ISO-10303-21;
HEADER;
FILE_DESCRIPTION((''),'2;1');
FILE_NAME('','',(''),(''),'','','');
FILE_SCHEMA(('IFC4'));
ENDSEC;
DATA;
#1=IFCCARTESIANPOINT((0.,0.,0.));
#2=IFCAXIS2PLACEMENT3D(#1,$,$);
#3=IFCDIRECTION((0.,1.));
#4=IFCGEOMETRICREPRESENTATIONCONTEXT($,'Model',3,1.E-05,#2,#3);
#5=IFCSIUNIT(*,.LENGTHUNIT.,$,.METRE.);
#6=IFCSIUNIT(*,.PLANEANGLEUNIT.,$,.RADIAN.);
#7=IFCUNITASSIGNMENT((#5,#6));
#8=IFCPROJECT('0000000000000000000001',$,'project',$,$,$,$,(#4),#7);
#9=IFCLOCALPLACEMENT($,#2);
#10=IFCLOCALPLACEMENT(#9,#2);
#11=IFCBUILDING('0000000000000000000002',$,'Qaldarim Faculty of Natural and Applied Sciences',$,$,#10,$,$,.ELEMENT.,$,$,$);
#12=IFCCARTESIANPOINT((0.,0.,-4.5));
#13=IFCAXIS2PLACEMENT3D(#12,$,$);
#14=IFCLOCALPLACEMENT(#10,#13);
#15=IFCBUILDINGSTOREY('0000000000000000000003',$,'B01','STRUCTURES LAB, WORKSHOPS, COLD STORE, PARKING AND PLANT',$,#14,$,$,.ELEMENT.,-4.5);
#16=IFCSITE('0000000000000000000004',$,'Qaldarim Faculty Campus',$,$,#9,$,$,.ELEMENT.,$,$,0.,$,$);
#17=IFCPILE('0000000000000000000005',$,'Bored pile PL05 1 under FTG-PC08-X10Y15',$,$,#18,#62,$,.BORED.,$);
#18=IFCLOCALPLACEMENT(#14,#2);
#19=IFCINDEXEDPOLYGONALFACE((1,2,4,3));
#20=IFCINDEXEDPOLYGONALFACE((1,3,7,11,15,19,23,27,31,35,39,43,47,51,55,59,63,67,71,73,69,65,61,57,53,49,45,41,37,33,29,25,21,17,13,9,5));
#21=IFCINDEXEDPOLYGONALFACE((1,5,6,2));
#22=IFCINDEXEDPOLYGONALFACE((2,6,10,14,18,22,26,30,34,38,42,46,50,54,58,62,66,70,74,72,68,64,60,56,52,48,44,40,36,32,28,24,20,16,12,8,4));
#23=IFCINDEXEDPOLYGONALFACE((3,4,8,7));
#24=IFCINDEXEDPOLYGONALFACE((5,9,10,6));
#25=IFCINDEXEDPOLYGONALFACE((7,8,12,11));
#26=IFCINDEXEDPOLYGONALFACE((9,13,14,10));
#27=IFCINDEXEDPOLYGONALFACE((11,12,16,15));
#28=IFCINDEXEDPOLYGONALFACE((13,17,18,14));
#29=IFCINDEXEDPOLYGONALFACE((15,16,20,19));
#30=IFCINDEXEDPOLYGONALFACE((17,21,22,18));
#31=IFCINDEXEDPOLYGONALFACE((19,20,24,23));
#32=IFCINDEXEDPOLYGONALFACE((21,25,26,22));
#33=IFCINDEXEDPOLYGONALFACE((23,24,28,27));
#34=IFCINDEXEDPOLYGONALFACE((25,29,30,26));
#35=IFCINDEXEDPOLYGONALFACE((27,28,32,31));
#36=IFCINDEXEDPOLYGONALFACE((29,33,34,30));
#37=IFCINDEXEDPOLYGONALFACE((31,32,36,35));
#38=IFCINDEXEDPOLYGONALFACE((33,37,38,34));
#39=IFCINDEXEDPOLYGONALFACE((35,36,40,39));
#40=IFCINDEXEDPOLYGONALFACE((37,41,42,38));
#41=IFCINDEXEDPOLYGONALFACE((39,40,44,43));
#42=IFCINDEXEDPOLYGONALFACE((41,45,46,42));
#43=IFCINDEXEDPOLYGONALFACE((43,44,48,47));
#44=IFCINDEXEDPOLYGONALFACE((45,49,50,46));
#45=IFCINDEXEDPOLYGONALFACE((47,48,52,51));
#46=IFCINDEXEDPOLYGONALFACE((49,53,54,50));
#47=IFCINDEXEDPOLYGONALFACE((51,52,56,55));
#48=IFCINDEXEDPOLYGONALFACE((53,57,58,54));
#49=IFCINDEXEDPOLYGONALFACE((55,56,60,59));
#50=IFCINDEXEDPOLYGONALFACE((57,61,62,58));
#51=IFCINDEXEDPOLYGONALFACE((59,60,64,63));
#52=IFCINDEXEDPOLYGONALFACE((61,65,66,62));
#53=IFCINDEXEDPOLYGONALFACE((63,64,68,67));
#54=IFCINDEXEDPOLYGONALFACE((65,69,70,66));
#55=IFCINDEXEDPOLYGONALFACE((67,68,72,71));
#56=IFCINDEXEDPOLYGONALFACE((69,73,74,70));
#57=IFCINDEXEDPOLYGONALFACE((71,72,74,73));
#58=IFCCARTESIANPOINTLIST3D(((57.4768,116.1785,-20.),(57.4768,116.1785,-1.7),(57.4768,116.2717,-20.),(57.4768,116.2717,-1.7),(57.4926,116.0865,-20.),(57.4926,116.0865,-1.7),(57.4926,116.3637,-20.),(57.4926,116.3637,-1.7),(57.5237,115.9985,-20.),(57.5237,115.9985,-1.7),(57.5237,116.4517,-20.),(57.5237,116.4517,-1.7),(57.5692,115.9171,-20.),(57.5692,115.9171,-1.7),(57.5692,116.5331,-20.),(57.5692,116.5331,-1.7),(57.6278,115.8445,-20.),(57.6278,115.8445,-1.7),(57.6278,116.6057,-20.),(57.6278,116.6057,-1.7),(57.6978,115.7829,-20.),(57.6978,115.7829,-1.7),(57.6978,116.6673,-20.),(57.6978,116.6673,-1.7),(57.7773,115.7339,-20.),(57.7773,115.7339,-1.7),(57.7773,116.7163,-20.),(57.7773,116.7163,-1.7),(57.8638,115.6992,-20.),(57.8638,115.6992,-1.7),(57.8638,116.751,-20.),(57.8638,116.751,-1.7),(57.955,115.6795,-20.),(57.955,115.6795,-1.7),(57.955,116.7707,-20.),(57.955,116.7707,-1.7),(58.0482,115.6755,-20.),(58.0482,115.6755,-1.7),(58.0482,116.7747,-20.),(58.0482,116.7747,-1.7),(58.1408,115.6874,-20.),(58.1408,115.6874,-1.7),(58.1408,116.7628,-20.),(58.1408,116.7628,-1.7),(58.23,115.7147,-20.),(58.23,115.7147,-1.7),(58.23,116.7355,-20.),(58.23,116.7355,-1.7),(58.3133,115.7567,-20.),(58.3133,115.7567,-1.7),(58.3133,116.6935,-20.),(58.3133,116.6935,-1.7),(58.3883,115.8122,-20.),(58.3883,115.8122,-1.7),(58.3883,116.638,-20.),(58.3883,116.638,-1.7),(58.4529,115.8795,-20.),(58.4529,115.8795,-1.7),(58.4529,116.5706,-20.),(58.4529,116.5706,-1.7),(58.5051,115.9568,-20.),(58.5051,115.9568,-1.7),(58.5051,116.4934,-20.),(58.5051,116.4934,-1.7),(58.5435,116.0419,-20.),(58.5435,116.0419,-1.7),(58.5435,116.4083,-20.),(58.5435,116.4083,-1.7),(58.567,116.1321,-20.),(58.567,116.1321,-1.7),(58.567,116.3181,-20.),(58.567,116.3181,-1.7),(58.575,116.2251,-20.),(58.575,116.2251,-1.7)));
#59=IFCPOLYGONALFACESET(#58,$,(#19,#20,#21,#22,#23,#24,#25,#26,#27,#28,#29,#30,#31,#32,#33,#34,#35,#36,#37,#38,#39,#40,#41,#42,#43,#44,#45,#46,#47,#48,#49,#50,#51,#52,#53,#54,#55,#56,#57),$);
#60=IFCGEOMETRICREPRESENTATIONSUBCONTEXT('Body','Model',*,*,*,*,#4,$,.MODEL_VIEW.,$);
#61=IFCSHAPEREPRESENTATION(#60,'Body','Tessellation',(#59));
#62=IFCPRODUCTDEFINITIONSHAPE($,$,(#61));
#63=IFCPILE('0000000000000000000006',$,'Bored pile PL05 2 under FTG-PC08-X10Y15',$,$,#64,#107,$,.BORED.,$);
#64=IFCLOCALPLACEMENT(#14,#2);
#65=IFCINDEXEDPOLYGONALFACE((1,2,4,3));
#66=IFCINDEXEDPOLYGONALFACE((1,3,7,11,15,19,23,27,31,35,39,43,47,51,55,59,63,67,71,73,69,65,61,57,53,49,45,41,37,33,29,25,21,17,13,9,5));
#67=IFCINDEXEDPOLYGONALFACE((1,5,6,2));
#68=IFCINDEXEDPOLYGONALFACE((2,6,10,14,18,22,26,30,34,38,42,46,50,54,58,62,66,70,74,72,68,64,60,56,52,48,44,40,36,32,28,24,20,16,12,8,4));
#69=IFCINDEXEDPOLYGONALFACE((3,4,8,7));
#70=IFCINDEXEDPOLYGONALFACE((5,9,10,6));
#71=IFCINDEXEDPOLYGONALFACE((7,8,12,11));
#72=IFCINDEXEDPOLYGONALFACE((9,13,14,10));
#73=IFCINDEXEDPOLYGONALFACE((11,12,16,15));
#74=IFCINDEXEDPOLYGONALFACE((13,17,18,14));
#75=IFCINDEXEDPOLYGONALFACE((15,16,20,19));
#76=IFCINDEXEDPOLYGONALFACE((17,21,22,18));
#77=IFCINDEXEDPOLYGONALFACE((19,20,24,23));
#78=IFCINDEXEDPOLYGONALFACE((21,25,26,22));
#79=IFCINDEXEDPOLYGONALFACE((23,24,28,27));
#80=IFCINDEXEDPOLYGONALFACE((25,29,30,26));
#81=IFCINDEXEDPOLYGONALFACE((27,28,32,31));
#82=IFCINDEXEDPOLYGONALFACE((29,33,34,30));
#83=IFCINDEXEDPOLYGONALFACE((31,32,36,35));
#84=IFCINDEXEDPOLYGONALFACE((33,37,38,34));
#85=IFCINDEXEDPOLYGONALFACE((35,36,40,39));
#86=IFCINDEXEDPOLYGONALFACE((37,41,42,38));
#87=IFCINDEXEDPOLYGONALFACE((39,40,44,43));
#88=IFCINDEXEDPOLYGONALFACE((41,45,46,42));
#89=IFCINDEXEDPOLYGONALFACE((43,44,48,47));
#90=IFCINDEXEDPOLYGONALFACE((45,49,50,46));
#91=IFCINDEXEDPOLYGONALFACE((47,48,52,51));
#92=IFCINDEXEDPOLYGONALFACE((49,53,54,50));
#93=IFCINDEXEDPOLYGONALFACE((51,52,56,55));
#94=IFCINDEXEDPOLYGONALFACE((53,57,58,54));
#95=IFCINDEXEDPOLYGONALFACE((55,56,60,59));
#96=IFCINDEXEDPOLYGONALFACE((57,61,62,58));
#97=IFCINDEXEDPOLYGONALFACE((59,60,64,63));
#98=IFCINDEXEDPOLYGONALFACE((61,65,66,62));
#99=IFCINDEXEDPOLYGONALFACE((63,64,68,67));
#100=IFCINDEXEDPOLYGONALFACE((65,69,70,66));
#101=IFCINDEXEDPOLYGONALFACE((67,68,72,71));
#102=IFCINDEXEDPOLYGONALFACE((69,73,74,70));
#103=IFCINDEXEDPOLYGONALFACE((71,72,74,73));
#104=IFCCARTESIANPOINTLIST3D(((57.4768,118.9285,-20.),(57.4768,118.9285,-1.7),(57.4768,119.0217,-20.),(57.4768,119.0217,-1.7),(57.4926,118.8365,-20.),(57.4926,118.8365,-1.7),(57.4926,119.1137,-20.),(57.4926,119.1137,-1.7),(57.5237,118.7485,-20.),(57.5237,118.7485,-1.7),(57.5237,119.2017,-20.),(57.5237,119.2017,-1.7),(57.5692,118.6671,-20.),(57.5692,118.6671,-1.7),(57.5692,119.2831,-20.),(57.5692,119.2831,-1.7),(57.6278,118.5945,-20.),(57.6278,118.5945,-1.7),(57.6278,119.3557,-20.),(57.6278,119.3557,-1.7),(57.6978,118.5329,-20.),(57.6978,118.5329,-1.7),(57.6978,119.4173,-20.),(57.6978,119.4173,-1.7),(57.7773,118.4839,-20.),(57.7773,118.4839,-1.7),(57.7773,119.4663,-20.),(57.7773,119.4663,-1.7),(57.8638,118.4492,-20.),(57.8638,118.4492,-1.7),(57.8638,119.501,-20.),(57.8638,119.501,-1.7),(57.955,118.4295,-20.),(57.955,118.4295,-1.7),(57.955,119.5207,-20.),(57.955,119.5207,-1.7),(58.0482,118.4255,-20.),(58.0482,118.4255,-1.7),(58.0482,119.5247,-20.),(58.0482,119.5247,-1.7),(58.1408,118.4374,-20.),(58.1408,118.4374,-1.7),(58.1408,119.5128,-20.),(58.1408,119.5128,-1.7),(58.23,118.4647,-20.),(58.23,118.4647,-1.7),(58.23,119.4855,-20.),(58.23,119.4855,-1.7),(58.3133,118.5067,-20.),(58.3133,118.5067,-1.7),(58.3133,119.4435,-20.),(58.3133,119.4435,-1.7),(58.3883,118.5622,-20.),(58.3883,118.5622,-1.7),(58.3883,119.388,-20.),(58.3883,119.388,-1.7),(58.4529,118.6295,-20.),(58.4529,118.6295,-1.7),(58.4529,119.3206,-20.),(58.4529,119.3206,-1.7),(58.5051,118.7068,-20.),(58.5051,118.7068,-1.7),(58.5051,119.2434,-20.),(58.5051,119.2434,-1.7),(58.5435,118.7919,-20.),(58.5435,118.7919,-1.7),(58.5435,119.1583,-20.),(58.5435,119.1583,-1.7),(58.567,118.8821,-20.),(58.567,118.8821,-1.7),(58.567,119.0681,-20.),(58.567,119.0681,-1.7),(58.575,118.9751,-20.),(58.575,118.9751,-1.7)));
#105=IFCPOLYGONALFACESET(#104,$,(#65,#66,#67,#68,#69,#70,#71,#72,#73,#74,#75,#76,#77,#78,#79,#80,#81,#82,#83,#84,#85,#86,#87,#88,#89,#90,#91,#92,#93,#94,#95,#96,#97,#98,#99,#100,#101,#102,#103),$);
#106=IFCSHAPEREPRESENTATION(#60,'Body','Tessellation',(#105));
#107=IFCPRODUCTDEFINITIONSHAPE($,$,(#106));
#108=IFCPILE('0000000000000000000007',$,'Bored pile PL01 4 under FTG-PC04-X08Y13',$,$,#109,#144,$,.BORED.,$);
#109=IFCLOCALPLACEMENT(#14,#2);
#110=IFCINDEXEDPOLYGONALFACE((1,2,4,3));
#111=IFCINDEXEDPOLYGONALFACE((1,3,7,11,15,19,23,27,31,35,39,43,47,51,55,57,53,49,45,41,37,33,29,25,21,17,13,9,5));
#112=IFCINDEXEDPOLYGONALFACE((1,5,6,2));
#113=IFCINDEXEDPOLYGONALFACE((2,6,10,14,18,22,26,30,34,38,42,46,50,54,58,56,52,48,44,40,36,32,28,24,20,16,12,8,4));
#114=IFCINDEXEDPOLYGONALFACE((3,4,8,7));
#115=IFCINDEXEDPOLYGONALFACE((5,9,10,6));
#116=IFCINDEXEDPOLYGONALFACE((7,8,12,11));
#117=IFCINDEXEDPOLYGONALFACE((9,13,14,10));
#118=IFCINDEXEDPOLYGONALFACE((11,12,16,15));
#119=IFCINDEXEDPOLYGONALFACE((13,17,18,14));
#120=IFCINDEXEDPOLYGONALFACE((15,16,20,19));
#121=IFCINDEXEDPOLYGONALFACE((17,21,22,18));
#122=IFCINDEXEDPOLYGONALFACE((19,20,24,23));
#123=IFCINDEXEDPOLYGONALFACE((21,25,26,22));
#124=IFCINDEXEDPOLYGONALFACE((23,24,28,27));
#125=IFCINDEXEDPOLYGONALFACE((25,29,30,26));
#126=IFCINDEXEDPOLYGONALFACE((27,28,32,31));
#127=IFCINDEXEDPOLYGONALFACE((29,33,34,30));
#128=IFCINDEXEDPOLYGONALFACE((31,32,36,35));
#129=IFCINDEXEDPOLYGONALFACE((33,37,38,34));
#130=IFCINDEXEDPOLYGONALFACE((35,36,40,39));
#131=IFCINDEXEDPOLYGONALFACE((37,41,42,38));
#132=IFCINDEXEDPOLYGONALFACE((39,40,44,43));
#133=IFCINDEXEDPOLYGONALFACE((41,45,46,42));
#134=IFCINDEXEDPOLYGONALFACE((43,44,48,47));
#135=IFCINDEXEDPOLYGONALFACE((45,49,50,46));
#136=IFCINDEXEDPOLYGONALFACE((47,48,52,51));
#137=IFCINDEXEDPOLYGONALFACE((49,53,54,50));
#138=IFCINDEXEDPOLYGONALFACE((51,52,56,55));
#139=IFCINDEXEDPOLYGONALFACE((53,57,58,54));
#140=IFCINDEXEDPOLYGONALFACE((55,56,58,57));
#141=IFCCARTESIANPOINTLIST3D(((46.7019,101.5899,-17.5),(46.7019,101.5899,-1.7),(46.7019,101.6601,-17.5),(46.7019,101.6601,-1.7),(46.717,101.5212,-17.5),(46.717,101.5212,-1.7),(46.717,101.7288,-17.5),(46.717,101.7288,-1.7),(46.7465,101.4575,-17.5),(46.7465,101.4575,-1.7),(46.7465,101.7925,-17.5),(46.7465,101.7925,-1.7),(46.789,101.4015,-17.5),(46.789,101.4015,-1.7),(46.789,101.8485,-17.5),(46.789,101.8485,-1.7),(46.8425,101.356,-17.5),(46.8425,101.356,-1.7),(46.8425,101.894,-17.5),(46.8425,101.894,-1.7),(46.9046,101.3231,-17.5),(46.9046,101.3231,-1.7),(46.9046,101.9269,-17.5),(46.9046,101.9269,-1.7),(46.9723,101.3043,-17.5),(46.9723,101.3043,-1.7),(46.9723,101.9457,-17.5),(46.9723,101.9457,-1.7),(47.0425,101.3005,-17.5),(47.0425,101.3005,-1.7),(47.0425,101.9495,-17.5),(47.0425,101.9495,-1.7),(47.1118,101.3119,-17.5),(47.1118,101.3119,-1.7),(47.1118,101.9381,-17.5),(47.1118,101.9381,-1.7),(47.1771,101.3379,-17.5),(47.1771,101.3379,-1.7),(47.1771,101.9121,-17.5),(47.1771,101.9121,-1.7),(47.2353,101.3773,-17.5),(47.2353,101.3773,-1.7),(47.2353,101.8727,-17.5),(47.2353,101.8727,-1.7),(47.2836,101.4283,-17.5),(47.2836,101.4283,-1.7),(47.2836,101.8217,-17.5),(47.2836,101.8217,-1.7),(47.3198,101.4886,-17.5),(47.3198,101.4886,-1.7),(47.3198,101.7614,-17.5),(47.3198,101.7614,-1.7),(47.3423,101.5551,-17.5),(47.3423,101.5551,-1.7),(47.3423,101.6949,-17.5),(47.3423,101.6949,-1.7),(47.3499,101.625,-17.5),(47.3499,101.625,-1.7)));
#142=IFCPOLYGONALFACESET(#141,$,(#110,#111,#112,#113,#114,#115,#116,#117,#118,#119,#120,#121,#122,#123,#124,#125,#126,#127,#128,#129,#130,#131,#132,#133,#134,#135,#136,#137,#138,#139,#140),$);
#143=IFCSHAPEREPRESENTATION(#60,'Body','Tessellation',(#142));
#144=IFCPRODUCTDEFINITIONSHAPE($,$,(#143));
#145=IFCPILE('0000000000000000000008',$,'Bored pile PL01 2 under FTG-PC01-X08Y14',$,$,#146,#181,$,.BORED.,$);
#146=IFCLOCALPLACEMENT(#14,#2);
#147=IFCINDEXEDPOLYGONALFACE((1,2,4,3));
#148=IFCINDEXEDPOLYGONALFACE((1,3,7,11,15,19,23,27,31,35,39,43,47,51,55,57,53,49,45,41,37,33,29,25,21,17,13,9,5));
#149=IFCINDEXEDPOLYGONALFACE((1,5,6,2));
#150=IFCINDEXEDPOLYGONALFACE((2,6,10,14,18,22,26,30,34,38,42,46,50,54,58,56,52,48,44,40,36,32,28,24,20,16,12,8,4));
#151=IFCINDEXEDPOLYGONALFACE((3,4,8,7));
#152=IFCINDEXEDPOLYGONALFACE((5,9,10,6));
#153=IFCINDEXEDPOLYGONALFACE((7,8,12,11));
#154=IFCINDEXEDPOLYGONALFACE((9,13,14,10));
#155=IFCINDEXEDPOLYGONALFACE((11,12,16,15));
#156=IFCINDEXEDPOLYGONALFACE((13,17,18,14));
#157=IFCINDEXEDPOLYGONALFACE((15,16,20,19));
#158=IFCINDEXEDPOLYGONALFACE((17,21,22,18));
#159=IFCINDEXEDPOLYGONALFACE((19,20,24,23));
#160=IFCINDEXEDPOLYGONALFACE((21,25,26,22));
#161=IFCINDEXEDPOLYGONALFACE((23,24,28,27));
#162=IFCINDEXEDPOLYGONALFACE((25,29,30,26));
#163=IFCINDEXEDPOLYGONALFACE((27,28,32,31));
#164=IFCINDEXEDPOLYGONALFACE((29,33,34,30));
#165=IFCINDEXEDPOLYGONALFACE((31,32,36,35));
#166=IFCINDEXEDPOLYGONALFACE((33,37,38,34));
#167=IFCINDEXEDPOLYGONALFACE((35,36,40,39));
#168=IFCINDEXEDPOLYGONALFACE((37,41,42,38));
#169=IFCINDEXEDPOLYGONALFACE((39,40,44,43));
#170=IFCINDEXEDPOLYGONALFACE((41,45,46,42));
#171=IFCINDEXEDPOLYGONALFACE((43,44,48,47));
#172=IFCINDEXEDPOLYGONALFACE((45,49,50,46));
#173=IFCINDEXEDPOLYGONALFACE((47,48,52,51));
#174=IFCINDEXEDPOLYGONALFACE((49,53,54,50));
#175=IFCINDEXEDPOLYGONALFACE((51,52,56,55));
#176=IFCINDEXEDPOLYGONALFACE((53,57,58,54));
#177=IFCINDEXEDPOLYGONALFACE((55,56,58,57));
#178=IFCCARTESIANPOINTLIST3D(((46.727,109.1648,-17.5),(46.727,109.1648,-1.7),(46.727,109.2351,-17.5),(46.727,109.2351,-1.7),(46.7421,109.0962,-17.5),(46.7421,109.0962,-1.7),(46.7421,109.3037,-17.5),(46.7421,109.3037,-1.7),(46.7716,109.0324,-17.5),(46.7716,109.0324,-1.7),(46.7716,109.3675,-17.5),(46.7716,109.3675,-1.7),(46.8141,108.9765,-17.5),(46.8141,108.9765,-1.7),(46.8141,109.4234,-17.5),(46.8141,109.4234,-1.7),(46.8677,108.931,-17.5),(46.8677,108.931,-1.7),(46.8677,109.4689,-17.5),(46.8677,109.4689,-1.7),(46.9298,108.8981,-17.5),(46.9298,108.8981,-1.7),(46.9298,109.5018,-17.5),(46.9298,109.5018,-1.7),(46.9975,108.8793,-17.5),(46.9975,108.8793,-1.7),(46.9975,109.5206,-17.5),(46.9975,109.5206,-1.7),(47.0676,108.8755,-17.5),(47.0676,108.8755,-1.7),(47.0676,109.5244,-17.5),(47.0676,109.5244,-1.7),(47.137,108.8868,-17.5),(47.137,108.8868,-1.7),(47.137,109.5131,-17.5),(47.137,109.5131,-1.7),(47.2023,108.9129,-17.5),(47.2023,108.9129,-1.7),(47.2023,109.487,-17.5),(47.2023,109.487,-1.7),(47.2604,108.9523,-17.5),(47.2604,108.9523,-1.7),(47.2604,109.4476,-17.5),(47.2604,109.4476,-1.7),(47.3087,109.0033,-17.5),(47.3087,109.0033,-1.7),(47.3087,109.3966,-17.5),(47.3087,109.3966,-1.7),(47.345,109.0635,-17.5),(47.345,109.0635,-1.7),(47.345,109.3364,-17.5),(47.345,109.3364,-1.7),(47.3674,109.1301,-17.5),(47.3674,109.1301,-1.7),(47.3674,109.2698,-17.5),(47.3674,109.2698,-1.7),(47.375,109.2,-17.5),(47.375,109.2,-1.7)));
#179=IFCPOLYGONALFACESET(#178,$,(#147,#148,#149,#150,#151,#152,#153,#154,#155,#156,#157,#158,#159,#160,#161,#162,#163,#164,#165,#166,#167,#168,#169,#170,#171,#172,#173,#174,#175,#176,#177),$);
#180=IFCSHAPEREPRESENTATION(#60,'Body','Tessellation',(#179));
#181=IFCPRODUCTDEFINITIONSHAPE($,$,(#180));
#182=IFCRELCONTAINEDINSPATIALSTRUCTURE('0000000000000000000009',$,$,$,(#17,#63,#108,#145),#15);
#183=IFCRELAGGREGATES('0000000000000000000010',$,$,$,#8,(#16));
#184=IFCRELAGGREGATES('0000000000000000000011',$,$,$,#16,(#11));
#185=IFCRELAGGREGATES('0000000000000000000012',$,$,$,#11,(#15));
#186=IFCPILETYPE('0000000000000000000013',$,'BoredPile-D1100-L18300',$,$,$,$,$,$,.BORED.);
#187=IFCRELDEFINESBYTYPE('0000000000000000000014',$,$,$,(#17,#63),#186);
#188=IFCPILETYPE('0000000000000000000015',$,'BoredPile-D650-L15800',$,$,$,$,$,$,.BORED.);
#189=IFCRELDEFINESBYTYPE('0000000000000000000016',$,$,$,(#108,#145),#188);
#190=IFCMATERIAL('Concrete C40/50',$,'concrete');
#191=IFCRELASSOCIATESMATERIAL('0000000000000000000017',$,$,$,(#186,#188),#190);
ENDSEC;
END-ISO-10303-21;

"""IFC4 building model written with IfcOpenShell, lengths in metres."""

from ifc_helpers import new_model, si_unit, direction, frame, origin, origin_2d, place, context, subcontext, project, spatial, circle, extrude, material, material_profile, profile_set, type_object, element, save


model = new_model("IFC4")

# Units and contexts
model_context = context("Model", 3, precision=1e-05, world=origin(), true_north=direction((0.0, 1.0)))
body_context = subcontext(model_context, "Body", "Model", "MODEL_VIEW")
ifc_project = project(units=[si_unit("LENGTHUNIT", "METRE"), si_unit("PLANEANGLEUNIT", "RADIAN")], contexts=[model_context])

# Site, building, storey
site_placement = place(None, origin())
site = spatial("IfcSite", under=ifc_project, at=site_placement, Name="Qaldarim Faculty Campus", CompositionType="ELEMENT", RefElevation=0.0)
building_placement = place(site_placement, origin())
building = spatial("IfcBuilding", under=site, at=building_placement, Name="Qaldarim Faculty of Natural and Applied Sciences", CompositionType="ELEMENT")
storey_placement = place(building_placement, frame((0.0, 0.0, -4.5)))
storey = spatial("IfcBuildingStorey", under=building, at=storey_placement, Name="B01", Description="STRUCTURES LAB, WORKSHOPS, COLD STORE, PARKING AND PLANT", CompositionType="ELEMENT", Elevation=-4.5)

# Piles
ifc_material_1 = material(Name="Concrete C40/50", Category="concrete")
ifc_material_profile_1 = material_profile(ifc_material_1, circle(Radius=0.55, at=origin_2d()), Name="PILE-D1100")
ifc_profile_set_1 = profile_set([ifc_material_profile_1], Name="Concrete C40/50")
pile_type_1 = type_object("IfcPileType", Name="BoredPile-D1100-L18300", PredefinedType="BORED", material=ifc_profile_set_1)
for number, where, z_axis, x_axis, name in (
    (1, (58.0249, 116.2251, -1.7), (0.0, 0.0, -1.0), (1.0, 0.0, 0.0), "Bored pile PL05 1 under FTG-PC08-X10Y15"),
    (2, (58.0249, 118.9751, -1.7), (0.0, 0.0, -1.0), (1.0, 0.0, 0.0), "Bored pile PL05 2 under FTG-PC08-X10Y15"),
):
    element("IfcPile", number, at=place(storey_placement, frame(where, z_axis=z_axis, x_axis=x_axis)), inside=storey, type_object=pile_type_1, Name=name, PredefinedType="BORED", context=body_context, shape_type="SweptSolid", body=[
        extrude(circle(Radius=0.55, at=origin_2d()), origin(), (0.0, 0.0, 1.0), 18.3),
    ])
ifc_material_profile_2 = material_profile(ifc_material_1, circle(Radius=0.325, at=origin_2d()), Name="PILE-D650")
ifc_profile_set_2 = profile_set([ifc_material_profile_2], Name="Concrete C40/50")
pile_type_2 = type_object("IfcPileType", Name="BoredPile-D650-L15800", PredefinedType="BORED", material=ifc_profile_set_2)
for number, where, z_axis, x_axis, name in (
    (3, (47.0249, 101.625, -1.7), (0.0, 0.0, -1.0), (1.0, 0.0, 0.0), "Bored pile PL01 4 under FTG-PC04-X08Y13"),
    (4, (47.05, 109.2, -1.7), (0.0, 0.0, -1.0), (1.0, 0.0, 0.0), "Bored pile PL01 2 under FTG-PC01-X08Y14"),
):
    element("IfcPile", number, at=place(storey_placement, frame(where, z_axis=z_axis, x_axis=x_axis)), inside=storey, type_object=pile_type_2, Name=name, PredefinedType="BORED", context=body_context, shape_type="SweptSolid", body=[
        extrude(circle(Radius=0.325, at=origin_2d()), origin(), (0.0, 0.0, 1.0), 15.8),
    ])

save(model, "model.ifc")
